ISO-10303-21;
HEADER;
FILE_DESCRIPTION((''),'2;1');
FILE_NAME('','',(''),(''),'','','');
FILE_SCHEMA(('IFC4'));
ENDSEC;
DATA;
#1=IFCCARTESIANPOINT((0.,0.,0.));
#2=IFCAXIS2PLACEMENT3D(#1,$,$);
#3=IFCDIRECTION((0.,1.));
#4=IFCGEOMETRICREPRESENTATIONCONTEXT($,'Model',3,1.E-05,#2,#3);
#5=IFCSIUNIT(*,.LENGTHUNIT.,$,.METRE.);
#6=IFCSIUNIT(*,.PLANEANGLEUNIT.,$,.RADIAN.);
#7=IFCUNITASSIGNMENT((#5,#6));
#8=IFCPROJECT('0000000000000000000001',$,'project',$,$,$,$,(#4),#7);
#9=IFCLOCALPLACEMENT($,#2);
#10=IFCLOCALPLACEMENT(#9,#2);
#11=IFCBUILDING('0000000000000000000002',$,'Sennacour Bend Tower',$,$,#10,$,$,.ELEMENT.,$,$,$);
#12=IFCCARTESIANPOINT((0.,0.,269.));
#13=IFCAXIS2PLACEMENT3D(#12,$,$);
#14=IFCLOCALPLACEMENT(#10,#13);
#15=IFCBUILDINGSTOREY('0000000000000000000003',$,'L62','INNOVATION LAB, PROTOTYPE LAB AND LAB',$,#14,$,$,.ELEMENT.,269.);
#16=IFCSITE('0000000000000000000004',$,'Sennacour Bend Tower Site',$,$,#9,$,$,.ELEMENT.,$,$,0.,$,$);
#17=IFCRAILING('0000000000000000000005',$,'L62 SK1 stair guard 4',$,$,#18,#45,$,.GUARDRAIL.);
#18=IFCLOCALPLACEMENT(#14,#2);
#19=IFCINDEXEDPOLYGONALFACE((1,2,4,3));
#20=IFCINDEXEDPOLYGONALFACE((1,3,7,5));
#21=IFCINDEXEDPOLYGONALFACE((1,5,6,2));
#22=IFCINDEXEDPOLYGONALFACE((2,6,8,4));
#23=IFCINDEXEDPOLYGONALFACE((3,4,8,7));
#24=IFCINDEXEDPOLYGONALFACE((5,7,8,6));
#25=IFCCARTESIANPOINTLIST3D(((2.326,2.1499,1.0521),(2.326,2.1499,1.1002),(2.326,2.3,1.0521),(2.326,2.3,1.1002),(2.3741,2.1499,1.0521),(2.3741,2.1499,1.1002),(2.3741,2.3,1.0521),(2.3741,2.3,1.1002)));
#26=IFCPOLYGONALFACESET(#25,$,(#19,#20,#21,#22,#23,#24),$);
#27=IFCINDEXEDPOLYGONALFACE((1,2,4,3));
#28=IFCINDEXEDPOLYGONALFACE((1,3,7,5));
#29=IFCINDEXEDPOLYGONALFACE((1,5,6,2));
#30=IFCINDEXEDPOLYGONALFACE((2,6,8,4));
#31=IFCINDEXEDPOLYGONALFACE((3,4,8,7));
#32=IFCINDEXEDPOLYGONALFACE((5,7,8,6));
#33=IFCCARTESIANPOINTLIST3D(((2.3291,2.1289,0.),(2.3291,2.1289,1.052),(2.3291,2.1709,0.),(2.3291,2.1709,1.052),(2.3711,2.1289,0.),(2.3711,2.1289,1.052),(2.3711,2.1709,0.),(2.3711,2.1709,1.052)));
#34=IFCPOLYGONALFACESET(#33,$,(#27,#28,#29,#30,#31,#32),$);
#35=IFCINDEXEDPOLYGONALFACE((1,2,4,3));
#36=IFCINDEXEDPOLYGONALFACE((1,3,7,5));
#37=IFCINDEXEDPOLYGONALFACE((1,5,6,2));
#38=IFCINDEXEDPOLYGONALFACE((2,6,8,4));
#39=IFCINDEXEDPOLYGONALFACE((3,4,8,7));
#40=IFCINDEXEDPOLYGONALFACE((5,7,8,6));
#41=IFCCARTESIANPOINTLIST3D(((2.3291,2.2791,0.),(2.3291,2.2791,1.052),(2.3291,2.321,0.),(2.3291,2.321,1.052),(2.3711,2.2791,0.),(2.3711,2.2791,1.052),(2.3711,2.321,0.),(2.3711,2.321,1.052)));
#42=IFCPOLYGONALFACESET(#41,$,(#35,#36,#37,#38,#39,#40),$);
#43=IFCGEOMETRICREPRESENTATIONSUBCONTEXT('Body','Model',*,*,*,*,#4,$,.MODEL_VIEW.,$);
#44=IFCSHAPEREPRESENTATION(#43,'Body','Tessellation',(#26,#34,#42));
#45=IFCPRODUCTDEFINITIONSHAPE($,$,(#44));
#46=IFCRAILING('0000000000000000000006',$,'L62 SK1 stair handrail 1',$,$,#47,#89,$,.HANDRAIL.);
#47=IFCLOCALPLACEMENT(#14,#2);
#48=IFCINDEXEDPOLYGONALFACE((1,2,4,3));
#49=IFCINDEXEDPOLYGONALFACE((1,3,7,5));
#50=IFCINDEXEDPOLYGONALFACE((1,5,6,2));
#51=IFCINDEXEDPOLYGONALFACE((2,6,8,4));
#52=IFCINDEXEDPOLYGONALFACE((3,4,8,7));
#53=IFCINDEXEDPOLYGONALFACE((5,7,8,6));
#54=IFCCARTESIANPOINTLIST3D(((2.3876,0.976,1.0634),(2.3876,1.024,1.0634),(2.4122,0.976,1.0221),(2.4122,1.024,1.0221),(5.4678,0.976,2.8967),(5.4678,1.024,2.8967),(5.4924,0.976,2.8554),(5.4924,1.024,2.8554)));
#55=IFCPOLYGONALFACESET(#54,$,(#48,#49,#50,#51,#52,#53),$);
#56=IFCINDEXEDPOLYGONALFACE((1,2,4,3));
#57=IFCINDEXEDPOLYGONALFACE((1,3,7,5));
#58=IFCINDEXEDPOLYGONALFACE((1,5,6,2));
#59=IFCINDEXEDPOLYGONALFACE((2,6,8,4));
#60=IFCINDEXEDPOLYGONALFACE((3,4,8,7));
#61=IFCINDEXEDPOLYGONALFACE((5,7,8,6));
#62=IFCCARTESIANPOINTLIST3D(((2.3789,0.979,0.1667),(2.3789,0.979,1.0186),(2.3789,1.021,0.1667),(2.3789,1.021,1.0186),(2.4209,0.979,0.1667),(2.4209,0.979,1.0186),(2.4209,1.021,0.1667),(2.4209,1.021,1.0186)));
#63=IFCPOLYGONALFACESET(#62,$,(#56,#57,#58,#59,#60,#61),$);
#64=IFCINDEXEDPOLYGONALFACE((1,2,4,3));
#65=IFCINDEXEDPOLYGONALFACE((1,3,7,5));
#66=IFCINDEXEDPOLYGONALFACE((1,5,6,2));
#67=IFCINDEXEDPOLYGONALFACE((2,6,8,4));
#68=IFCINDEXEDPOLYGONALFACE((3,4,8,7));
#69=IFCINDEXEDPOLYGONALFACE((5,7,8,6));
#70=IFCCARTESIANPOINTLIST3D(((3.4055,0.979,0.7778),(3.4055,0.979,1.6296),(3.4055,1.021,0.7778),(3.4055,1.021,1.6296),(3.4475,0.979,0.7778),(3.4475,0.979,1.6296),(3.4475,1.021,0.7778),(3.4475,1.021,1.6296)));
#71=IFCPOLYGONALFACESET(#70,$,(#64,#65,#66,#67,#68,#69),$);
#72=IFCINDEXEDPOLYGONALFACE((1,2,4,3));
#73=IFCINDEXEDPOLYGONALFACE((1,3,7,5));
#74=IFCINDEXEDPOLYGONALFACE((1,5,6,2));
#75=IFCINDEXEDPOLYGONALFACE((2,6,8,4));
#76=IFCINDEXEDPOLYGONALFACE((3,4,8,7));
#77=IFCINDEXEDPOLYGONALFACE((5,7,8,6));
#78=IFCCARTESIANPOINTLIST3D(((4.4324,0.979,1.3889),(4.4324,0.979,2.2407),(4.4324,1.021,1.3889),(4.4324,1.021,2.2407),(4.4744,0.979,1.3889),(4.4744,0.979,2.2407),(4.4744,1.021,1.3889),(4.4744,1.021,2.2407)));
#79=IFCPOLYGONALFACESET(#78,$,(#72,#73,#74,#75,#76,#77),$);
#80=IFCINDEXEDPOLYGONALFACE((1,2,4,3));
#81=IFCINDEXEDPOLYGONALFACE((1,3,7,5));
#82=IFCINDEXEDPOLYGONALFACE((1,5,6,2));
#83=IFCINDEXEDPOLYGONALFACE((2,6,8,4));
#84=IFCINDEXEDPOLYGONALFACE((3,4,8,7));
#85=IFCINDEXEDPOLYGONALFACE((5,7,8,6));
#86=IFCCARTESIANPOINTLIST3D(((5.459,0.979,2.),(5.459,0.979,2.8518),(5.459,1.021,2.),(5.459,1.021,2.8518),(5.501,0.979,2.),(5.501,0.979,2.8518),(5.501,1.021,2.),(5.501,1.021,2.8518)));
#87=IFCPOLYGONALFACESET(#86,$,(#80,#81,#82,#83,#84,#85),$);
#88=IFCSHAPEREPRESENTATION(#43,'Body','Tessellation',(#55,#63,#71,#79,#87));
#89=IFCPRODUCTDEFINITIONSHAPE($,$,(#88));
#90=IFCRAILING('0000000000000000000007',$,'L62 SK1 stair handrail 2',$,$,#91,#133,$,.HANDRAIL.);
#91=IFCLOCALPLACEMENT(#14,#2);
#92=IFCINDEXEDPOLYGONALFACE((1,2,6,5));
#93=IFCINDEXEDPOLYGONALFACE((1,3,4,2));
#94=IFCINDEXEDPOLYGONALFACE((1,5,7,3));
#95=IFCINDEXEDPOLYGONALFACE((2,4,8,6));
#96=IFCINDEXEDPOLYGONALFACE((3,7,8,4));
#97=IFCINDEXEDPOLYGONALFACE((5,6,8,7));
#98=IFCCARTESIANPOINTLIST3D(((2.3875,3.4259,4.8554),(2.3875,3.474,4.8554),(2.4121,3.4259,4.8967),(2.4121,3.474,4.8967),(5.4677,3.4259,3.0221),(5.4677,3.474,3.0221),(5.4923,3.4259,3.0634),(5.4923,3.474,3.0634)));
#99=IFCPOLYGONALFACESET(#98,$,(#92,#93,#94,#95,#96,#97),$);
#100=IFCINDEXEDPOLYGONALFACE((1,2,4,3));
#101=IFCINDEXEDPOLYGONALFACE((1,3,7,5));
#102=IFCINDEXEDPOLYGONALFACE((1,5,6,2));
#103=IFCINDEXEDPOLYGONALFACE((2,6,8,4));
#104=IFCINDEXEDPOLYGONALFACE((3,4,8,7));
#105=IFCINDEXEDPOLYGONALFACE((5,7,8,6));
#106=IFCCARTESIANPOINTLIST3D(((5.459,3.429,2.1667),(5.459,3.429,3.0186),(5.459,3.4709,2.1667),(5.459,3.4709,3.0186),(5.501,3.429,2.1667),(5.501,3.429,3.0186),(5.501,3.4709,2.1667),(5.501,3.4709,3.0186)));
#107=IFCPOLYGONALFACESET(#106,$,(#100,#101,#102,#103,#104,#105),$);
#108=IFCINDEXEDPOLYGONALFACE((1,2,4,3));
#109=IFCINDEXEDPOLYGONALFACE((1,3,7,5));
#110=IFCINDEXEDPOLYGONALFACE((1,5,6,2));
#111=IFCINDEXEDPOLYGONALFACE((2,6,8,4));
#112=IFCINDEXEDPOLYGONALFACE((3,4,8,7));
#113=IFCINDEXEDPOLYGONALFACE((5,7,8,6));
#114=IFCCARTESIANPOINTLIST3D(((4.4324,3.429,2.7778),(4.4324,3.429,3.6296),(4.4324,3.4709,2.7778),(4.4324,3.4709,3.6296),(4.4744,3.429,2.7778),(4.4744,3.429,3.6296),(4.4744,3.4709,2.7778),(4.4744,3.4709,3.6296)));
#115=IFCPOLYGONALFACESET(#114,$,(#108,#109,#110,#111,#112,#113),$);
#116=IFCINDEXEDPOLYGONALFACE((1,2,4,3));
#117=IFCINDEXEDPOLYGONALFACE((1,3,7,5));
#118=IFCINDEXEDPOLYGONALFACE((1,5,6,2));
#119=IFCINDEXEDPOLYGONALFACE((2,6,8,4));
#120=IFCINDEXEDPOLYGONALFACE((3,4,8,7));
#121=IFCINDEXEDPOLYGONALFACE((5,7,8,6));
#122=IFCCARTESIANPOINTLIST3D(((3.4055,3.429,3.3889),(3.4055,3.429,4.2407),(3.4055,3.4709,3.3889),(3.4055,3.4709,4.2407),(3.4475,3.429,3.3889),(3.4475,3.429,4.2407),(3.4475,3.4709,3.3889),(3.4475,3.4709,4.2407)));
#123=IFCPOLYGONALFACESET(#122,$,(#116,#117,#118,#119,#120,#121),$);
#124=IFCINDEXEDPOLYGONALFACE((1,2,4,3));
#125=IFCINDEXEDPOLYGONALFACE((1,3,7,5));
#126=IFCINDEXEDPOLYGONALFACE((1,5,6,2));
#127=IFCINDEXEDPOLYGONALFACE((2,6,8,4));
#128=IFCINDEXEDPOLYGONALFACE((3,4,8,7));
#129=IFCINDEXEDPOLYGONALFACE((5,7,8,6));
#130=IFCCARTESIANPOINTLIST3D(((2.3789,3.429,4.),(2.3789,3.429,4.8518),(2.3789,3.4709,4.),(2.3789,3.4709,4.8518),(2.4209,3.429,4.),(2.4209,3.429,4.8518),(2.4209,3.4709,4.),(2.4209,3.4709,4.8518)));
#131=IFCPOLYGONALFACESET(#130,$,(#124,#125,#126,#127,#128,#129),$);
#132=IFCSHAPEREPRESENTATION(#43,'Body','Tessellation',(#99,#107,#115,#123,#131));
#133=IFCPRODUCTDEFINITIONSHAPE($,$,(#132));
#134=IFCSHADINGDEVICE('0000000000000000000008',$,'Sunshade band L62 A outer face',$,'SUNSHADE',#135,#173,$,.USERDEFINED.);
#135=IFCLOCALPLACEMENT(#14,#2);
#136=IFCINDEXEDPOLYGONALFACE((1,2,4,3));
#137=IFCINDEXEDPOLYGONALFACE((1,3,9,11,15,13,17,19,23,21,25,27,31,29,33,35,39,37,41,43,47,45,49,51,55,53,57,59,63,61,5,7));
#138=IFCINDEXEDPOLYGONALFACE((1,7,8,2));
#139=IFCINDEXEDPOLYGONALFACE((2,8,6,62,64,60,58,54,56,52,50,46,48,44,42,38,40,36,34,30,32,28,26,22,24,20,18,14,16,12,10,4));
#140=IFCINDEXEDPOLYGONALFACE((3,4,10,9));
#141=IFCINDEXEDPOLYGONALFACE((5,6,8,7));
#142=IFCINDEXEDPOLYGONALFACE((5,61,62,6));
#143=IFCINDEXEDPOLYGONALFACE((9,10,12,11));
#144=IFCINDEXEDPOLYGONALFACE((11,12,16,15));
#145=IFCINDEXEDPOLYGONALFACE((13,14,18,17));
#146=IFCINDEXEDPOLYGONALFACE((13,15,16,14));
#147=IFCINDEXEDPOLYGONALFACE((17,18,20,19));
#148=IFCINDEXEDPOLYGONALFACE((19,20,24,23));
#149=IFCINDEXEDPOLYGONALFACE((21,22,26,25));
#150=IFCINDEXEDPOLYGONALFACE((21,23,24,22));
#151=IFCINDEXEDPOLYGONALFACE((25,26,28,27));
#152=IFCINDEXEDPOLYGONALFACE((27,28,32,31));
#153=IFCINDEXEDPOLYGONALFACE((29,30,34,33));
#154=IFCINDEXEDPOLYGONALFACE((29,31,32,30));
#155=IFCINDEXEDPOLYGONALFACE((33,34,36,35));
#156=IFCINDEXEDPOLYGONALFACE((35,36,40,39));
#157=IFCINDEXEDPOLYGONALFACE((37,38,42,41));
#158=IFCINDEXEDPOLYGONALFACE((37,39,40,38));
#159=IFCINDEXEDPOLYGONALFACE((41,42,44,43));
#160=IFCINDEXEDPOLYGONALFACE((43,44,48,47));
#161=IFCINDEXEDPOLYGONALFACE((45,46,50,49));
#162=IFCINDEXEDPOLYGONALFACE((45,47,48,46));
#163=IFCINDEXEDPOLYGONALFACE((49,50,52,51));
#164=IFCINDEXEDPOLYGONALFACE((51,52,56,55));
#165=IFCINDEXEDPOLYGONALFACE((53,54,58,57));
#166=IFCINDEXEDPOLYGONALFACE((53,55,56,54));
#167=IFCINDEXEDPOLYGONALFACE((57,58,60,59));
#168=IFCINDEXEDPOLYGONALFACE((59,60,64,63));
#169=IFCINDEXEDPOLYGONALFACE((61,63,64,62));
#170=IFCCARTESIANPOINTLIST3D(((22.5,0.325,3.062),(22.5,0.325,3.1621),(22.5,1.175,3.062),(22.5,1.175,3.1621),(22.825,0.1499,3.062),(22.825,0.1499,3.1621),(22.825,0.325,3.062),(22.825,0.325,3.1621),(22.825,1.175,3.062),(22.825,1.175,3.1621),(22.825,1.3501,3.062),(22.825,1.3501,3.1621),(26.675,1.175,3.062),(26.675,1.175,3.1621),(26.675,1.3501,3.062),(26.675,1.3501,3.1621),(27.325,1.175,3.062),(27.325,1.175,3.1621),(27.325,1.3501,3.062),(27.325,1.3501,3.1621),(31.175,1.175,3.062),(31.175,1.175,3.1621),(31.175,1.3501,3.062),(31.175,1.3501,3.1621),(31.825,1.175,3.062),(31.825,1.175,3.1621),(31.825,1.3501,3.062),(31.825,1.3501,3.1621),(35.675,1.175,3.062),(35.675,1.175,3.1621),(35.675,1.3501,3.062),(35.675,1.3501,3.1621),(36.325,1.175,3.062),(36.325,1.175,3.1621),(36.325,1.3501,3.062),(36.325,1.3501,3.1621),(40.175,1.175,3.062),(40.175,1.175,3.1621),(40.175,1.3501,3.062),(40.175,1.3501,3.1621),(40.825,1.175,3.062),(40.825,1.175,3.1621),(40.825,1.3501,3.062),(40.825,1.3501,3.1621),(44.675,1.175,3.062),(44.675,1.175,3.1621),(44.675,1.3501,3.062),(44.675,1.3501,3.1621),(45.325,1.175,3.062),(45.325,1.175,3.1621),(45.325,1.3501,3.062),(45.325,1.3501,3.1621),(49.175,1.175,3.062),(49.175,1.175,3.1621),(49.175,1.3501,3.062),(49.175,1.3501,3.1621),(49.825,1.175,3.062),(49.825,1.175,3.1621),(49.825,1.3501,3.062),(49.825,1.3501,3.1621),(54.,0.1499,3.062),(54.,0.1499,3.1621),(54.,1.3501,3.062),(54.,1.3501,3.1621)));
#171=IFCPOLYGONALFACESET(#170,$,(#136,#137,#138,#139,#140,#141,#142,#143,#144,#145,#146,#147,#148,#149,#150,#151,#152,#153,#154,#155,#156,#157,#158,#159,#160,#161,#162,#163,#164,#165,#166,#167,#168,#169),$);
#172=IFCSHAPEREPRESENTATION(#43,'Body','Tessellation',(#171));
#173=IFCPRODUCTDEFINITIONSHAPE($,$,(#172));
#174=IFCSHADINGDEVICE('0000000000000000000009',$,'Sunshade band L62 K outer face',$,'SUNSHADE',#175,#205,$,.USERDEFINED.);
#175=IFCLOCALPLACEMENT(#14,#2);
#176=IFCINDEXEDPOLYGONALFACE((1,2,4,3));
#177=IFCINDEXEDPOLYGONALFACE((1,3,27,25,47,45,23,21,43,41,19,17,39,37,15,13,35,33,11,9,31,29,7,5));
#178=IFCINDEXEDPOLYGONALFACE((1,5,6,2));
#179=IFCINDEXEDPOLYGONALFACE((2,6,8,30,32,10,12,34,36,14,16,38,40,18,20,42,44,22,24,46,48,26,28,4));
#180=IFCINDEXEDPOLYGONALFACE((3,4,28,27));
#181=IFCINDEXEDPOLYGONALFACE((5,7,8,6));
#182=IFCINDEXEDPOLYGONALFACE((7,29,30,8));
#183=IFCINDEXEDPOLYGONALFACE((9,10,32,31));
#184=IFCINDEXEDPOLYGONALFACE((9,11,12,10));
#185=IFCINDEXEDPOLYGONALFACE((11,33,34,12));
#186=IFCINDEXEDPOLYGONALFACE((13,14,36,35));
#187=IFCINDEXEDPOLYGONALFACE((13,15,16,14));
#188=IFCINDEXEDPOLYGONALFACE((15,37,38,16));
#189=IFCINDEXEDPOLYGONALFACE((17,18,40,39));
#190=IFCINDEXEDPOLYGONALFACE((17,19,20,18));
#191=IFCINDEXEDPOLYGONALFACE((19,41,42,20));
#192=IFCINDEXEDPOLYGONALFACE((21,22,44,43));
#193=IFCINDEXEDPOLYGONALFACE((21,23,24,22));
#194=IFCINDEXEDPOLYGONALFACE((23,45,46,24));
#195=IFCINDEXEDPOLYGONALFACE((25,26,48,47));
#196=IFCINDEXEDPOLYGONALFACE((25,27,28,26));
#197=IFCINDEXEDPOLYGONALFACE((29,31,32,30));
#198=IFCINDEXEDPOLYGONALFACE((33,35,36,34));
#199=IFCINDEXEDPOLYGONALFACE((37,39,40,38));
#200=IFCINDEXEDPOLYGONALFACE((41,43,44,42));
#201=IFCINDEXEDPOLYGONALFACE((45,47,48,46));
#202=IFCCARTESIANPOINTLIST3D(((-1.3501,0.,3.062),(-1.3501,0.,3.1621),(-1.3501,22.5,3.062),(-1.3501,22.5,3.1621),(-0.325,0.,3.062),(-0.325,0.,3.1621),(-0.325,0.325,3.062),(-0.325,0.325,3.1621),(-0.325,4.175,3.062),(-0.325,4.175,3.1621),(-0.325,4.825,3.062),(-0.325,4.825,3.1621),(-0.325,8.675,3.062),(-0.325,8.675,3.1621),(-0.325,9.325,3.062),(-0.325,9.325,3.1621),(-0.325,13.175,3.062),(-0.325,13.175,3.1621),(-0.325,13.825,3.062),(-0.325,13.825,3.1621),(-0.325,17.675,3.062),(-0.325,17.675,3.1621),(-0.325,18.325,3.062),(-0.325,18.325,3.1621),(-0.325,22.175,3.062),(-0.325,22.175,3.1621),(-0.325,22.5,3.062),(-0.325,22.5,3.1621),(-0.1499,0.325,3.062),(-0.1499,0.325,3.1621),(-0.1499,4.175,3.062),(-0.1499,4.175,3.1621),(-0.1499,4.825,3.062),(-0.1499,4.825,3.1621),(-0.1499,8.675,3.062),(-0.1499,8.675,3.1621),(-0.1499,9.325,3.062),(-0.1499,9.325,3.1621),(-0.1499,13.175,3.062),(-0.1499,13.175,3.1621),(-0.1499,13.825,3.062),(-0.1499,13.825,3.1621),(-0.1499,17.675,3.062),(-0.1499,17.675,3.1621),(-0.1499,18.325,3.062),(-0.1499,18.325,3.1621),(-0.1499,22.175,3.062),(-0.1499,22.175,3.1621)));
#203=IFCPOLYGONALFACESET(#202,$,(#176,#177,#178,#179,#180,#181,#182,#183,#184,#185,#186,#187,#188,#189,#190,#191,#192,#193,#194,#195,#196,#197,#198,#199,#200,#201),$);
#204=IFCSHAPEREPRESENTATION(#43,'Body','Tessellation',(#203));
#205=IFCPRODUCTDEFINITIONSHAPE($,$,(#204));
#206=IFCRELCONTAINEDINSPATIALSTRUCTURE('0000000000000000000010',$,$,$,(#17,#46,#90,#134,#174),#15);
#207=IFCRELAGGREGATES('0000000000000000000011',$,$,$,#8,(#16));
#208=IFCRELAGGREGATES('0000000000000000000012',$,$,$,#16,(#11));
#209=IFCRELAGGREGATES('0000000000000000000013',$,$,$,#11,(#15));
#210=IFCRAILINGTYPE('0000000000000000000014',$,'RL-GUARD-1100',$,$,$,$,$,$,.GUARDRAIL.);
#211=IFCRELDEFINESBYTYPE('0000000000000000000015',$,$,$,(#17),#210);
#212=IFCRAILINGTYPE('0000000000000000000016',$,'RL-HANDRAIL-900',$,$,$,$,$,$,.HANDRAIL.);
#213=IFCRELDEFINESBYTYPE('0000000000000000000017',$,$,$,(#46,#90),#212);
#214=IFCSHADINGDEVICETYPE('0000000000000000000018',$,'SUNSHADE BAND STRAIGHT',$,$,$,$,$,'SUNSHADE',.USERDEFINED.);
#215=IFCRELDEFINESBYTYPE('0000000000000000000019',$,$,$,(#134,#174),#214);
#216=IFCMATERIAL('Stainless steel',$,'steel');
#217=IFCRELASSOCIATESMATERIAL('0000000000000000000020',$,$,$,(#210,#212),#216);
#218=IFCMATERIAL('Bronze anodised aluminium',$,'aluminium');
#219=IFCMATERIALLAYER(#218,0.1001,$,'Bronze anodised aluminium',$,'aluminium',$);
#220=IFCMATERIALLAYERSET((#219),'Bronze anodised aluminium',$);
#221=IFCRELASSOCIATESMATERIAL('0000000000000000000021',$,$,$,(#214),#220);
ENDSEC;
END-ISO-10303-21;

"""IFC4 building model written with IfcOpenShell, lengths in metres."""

from ifc_helpers import new_model, si_unit, direction, frame, origin, origin_2d, place, context, subcontext, project, spatial, polyline, rectangle, outline, extrude, material, layer, layer_set, type_object, element, save


model = new_model("IFC4")

# Units and contexts
model_context = context("Model", 3, precision=1e-05, world=origin(), true_north=direction((0.0, 1.0)))
body_context = subcontext(model_context, "Body", "Model", "MODEL_VIEW")
ifc_project = project(units=[si_unit("LENGTHUNIT", "METRE"), si_unit("PLANEANGLEUNIT", "RADIAN")], contexts=[model_context])

# Site, building, storey
site_placement = place(None, origin())
site = spatial("IfcSite", under=ifc_project, at=site_placement, Name="Sennacour Bend Tower Site", CompositionType="ELEMENT", RefElevation=0.0)
building_placement = place(site_placement, origin())
building = spatial("IfcBuilding", under=site, at=building_placement, Name="Sennacour Bend Tower", CompositionType="ELEMENT")
storey_placement = place(building_placement, frame((0.0, 0.0, 269.0)))
storey = spatial("IfcBuildingStorey", under=building, at=storey_placement, Name="L62", Description="INNOVATION LAB, PROTOTYPE LAB AND LAB", CompositionType="ELEMENT", Elevation=269.0)

# Railings
ifc_material_1 = material(Name="Stainless steel", Category="steel")
railing_type_1 = type_object("IfcRailingType", Name="RL-GUARD-1100", PredefinedType="GUARDRAIL", material=ifc_material_1)
railing_1_placement = place(storey_placement, frame((2.3501, 2.1499, 0.0)))
element("IfcRailing", 1, at=railing_1_placement, inside=storey, type_object=railing_type_1, Name="L62 SK1 stair guard 4", PredefinedType="GUARDRAIL", context=body_context, shape_type="SweptSolid", body=[
    extrude(rectangle(XDim=0.0481, YDim=0.0481, at=origin_2d()), frame((0.0, 0.0, 1.0762), z_axis=(0.0, 1.0, 0.0), x_axis=(-1.0, 0.0, 0.0)), (0.0, 0.0, 1.0), 0.1501),
    extrude(rectangle(XDim=0.042, YDim=0.042, at=origin_2d()), origin(), (0.0, 0.0, 1.0), 1.052),
    extrude(rectangle(XDim=0.042, YDim=0.042, at=origin_2d()), frame((0.0, 0.1501, 0.0)), (0.0, 0.0, 1.0), 1.052),
])
railing_type_2 = type_object("IfcRailingType", Name="RL-HANDRAIL-900", PredefinedType="HANDRAIL", material=ifc_material_1)
railing_2_placement = place(storey_placement, frame((2.3999, 1.0, 0.1667)))
element("IfcRailing", 2, at=railing_2_placement, inside=storey, type_object=railing_type_2, Name="L62 SK1 stair handrail 1", PredefinedType="HANDRAIL", context=body_context, shape_type="SweptSolid", body=[
    extrude(rectangle(XDim=0.0481, YDim=0.0481, at=origin_2d()), frame((0.0, 0.0, 0.876), z_axis=(0.859309, 0.0, 0.511458), x_axis=(0.0, 1.0, 0.0)), (0.0, 0.0, 1.0), 3.5845),
    extrude(rectangle(XDim=0.042, YDim=0.042, at=origin_2d()), origin(), (0.0, 0.0, 1.0), 0.8518),
    extrude(rectangle(XDim=0.042, YDim=0.042, at=origin_2d()), frame((1.0266, 0.0, 0.6111)), (0.0, 0.0, 1.0), 0.8518),
    extrude(rectangle(XDim=0.042, YDim=0.042, at=origin_2d()), frame((2.0535, 0.0, 1.2222)), (0.0, 0.0, 1.0), 0.8518),
    extrude(rectangle(XDim=0.042, YDim=0.042, at=origin_2d()), frame((3.0801, 0.0, 1.8333)), (0.0, 0.0, 1.0), 0.8518),
])
railing_3_placement = place(storey_placement, frame((5.48, 3.45, 2.1667)))
element("IfcRailing", 3, at=railing_3_placement, inside=storey, type_object=railing_type_2, Name="L62 SK1 stair handrail 2", PredefinedType="HANDRAIL", context=body_context, shape_type="SweptSolid", body=[
    extrude(rectangle(XDim=0.0481, YDim=0.0481, at=origin_2d()), frame((0.0, 0.0, 0.876), z_axis=(-0.859309, 0.0, 0.511458), x_axis=(0.0, -1.0, 0.0)), (0.0, 0.0, 1.0), 3.5845),
    extrude(rectangle(XDim=0.042, YDim=0.042, at=origin_2d()), origin(), (0.0, 0.0, 1.0), 0.8518),
    extrude(rectangle(XDim=0.042, YDim=0.042, at=origin_2d()), frame((-1.0266, 0.0, 0.6111)), (0.0, 0.0, 1.0), 0.8518),
    extrude(rectangle(XDim=0.042, YDim=0.042, at=origin_2d()), frame((-2.0535, 0.0, 1.2222)), (0.0, 0.0, 1.0), 0.8518),
    extrude(rectangle(XDim=0.042, YDim=0.042, at=origin_2d()), frame((-3.0801, 0.0, 1.8333)), (0.0, 0.0, 1.0), 0.8518),
])

# Shading devices
ifc_material_2 = material(Name="Bronze anodised aluminium", Category="aluminium")
ifc_layer_1 = layer(ifc_material_2, 0.1001, Name="Bronze anodised aluminium", Category="aluminium")
ifc_layer_set_1 = layer_set([ifc_layer_1], Name="Bronze anodised aluminium")
shading_device_type_1 = type_object("IfcShadingDeviceType", Name="SUNSHADE BAND STRAIGHT", ElementType="SUNSHADE", PredefinedType="USERDEFINED", material=ifc_layer_set_1)
shading_device_1_placement = place(storey_placement, frame((0.0, 0.0, 3.062)))
element("IfcShadingDevice", 4, at=shading_device_1_placement, inside=storey, type_object=shading_device_type_1, Name="Sunshade band L62 A outer face", ObjectType="SUNSHADE", PredefinedType="USERDEFINED", context=body_context, shape_type="SweptSolid", body=[
    extrude(outline(polyline([(26.675, 1.3501), (26.675, 1.175), (27.325, 1.175), (27.325, 1.3501), (31.175, 1.3501), (31.175, 1.175), (31.825, 1.175), (31.825, 1.3501), (35.675, 1.3501), (35.675, 1.175), (36.325, 1.175), (36.325, 1.3501), (40.175, 1.3501), (40.175, 1.175), (40.825, 1.175), (40.825, 1.3501), (44.675, 1.3501), (44.675, 1.175), (45.325, 1.175), (45.325, 1.3501), (49.175, 1.3501), (49.175, 1.175), (49.825, 1.175), (49.825, 1.3501), (54.0, 1.3501), (54.0, 0.1499), (22.825, 0.1499), (22.825, 0.325), (22.5, 0.325), (22.5, 1.175), (22.825, 1.175), (22.825, 1.3501), (26.675, 1.3501)])), origin(), (0.0, 0.0, 1.0), 0.1001),
])
shading_device_2_placement = place(storey_placement, frame((0.0, 0.0, 3.062)))
element("IfcShadingDevice", 5, at=shading_device_2_placement, inside=storey, type_object=shading_device_type_1, Name="Sunshade band L62 K outer face", ObjectType="SUNSHADE", PredefinedType="USERDEFINED", context=body_context, shape_type="SweptSolid", body=[
    extrude(outline(polyline([(-0.1499, 18.325), (-0.325, 18.325), (-0.325, 17.675), (-0.1499, 17.675), (-0.1499, 13.825), (-0.325, 13.825), (-0.325, 13.175), (-0.1499, 13.175), (-0.1499, 9.325), (-0.325, 9.325), (-0.325, 8.675), (-0.1499, 8.675), (-0.1499, 4.825), (-0.325, 4.825), (-0.325, 4.175), (-0.1499, 4.175), (-0.1499, 0.325), (-0.325, 0.325), (-0.325, 0.0), (-1.3501, 0.0), (-1.3501, 22.5), (-0.325, 22.5), (-0.325, 22.175), (-0.1499, 22.175), (-0.1499, 18.325)])), origin(), (0.0, 0.0, 1.0), 0.1001),
])

save(model, "model.ifc")
